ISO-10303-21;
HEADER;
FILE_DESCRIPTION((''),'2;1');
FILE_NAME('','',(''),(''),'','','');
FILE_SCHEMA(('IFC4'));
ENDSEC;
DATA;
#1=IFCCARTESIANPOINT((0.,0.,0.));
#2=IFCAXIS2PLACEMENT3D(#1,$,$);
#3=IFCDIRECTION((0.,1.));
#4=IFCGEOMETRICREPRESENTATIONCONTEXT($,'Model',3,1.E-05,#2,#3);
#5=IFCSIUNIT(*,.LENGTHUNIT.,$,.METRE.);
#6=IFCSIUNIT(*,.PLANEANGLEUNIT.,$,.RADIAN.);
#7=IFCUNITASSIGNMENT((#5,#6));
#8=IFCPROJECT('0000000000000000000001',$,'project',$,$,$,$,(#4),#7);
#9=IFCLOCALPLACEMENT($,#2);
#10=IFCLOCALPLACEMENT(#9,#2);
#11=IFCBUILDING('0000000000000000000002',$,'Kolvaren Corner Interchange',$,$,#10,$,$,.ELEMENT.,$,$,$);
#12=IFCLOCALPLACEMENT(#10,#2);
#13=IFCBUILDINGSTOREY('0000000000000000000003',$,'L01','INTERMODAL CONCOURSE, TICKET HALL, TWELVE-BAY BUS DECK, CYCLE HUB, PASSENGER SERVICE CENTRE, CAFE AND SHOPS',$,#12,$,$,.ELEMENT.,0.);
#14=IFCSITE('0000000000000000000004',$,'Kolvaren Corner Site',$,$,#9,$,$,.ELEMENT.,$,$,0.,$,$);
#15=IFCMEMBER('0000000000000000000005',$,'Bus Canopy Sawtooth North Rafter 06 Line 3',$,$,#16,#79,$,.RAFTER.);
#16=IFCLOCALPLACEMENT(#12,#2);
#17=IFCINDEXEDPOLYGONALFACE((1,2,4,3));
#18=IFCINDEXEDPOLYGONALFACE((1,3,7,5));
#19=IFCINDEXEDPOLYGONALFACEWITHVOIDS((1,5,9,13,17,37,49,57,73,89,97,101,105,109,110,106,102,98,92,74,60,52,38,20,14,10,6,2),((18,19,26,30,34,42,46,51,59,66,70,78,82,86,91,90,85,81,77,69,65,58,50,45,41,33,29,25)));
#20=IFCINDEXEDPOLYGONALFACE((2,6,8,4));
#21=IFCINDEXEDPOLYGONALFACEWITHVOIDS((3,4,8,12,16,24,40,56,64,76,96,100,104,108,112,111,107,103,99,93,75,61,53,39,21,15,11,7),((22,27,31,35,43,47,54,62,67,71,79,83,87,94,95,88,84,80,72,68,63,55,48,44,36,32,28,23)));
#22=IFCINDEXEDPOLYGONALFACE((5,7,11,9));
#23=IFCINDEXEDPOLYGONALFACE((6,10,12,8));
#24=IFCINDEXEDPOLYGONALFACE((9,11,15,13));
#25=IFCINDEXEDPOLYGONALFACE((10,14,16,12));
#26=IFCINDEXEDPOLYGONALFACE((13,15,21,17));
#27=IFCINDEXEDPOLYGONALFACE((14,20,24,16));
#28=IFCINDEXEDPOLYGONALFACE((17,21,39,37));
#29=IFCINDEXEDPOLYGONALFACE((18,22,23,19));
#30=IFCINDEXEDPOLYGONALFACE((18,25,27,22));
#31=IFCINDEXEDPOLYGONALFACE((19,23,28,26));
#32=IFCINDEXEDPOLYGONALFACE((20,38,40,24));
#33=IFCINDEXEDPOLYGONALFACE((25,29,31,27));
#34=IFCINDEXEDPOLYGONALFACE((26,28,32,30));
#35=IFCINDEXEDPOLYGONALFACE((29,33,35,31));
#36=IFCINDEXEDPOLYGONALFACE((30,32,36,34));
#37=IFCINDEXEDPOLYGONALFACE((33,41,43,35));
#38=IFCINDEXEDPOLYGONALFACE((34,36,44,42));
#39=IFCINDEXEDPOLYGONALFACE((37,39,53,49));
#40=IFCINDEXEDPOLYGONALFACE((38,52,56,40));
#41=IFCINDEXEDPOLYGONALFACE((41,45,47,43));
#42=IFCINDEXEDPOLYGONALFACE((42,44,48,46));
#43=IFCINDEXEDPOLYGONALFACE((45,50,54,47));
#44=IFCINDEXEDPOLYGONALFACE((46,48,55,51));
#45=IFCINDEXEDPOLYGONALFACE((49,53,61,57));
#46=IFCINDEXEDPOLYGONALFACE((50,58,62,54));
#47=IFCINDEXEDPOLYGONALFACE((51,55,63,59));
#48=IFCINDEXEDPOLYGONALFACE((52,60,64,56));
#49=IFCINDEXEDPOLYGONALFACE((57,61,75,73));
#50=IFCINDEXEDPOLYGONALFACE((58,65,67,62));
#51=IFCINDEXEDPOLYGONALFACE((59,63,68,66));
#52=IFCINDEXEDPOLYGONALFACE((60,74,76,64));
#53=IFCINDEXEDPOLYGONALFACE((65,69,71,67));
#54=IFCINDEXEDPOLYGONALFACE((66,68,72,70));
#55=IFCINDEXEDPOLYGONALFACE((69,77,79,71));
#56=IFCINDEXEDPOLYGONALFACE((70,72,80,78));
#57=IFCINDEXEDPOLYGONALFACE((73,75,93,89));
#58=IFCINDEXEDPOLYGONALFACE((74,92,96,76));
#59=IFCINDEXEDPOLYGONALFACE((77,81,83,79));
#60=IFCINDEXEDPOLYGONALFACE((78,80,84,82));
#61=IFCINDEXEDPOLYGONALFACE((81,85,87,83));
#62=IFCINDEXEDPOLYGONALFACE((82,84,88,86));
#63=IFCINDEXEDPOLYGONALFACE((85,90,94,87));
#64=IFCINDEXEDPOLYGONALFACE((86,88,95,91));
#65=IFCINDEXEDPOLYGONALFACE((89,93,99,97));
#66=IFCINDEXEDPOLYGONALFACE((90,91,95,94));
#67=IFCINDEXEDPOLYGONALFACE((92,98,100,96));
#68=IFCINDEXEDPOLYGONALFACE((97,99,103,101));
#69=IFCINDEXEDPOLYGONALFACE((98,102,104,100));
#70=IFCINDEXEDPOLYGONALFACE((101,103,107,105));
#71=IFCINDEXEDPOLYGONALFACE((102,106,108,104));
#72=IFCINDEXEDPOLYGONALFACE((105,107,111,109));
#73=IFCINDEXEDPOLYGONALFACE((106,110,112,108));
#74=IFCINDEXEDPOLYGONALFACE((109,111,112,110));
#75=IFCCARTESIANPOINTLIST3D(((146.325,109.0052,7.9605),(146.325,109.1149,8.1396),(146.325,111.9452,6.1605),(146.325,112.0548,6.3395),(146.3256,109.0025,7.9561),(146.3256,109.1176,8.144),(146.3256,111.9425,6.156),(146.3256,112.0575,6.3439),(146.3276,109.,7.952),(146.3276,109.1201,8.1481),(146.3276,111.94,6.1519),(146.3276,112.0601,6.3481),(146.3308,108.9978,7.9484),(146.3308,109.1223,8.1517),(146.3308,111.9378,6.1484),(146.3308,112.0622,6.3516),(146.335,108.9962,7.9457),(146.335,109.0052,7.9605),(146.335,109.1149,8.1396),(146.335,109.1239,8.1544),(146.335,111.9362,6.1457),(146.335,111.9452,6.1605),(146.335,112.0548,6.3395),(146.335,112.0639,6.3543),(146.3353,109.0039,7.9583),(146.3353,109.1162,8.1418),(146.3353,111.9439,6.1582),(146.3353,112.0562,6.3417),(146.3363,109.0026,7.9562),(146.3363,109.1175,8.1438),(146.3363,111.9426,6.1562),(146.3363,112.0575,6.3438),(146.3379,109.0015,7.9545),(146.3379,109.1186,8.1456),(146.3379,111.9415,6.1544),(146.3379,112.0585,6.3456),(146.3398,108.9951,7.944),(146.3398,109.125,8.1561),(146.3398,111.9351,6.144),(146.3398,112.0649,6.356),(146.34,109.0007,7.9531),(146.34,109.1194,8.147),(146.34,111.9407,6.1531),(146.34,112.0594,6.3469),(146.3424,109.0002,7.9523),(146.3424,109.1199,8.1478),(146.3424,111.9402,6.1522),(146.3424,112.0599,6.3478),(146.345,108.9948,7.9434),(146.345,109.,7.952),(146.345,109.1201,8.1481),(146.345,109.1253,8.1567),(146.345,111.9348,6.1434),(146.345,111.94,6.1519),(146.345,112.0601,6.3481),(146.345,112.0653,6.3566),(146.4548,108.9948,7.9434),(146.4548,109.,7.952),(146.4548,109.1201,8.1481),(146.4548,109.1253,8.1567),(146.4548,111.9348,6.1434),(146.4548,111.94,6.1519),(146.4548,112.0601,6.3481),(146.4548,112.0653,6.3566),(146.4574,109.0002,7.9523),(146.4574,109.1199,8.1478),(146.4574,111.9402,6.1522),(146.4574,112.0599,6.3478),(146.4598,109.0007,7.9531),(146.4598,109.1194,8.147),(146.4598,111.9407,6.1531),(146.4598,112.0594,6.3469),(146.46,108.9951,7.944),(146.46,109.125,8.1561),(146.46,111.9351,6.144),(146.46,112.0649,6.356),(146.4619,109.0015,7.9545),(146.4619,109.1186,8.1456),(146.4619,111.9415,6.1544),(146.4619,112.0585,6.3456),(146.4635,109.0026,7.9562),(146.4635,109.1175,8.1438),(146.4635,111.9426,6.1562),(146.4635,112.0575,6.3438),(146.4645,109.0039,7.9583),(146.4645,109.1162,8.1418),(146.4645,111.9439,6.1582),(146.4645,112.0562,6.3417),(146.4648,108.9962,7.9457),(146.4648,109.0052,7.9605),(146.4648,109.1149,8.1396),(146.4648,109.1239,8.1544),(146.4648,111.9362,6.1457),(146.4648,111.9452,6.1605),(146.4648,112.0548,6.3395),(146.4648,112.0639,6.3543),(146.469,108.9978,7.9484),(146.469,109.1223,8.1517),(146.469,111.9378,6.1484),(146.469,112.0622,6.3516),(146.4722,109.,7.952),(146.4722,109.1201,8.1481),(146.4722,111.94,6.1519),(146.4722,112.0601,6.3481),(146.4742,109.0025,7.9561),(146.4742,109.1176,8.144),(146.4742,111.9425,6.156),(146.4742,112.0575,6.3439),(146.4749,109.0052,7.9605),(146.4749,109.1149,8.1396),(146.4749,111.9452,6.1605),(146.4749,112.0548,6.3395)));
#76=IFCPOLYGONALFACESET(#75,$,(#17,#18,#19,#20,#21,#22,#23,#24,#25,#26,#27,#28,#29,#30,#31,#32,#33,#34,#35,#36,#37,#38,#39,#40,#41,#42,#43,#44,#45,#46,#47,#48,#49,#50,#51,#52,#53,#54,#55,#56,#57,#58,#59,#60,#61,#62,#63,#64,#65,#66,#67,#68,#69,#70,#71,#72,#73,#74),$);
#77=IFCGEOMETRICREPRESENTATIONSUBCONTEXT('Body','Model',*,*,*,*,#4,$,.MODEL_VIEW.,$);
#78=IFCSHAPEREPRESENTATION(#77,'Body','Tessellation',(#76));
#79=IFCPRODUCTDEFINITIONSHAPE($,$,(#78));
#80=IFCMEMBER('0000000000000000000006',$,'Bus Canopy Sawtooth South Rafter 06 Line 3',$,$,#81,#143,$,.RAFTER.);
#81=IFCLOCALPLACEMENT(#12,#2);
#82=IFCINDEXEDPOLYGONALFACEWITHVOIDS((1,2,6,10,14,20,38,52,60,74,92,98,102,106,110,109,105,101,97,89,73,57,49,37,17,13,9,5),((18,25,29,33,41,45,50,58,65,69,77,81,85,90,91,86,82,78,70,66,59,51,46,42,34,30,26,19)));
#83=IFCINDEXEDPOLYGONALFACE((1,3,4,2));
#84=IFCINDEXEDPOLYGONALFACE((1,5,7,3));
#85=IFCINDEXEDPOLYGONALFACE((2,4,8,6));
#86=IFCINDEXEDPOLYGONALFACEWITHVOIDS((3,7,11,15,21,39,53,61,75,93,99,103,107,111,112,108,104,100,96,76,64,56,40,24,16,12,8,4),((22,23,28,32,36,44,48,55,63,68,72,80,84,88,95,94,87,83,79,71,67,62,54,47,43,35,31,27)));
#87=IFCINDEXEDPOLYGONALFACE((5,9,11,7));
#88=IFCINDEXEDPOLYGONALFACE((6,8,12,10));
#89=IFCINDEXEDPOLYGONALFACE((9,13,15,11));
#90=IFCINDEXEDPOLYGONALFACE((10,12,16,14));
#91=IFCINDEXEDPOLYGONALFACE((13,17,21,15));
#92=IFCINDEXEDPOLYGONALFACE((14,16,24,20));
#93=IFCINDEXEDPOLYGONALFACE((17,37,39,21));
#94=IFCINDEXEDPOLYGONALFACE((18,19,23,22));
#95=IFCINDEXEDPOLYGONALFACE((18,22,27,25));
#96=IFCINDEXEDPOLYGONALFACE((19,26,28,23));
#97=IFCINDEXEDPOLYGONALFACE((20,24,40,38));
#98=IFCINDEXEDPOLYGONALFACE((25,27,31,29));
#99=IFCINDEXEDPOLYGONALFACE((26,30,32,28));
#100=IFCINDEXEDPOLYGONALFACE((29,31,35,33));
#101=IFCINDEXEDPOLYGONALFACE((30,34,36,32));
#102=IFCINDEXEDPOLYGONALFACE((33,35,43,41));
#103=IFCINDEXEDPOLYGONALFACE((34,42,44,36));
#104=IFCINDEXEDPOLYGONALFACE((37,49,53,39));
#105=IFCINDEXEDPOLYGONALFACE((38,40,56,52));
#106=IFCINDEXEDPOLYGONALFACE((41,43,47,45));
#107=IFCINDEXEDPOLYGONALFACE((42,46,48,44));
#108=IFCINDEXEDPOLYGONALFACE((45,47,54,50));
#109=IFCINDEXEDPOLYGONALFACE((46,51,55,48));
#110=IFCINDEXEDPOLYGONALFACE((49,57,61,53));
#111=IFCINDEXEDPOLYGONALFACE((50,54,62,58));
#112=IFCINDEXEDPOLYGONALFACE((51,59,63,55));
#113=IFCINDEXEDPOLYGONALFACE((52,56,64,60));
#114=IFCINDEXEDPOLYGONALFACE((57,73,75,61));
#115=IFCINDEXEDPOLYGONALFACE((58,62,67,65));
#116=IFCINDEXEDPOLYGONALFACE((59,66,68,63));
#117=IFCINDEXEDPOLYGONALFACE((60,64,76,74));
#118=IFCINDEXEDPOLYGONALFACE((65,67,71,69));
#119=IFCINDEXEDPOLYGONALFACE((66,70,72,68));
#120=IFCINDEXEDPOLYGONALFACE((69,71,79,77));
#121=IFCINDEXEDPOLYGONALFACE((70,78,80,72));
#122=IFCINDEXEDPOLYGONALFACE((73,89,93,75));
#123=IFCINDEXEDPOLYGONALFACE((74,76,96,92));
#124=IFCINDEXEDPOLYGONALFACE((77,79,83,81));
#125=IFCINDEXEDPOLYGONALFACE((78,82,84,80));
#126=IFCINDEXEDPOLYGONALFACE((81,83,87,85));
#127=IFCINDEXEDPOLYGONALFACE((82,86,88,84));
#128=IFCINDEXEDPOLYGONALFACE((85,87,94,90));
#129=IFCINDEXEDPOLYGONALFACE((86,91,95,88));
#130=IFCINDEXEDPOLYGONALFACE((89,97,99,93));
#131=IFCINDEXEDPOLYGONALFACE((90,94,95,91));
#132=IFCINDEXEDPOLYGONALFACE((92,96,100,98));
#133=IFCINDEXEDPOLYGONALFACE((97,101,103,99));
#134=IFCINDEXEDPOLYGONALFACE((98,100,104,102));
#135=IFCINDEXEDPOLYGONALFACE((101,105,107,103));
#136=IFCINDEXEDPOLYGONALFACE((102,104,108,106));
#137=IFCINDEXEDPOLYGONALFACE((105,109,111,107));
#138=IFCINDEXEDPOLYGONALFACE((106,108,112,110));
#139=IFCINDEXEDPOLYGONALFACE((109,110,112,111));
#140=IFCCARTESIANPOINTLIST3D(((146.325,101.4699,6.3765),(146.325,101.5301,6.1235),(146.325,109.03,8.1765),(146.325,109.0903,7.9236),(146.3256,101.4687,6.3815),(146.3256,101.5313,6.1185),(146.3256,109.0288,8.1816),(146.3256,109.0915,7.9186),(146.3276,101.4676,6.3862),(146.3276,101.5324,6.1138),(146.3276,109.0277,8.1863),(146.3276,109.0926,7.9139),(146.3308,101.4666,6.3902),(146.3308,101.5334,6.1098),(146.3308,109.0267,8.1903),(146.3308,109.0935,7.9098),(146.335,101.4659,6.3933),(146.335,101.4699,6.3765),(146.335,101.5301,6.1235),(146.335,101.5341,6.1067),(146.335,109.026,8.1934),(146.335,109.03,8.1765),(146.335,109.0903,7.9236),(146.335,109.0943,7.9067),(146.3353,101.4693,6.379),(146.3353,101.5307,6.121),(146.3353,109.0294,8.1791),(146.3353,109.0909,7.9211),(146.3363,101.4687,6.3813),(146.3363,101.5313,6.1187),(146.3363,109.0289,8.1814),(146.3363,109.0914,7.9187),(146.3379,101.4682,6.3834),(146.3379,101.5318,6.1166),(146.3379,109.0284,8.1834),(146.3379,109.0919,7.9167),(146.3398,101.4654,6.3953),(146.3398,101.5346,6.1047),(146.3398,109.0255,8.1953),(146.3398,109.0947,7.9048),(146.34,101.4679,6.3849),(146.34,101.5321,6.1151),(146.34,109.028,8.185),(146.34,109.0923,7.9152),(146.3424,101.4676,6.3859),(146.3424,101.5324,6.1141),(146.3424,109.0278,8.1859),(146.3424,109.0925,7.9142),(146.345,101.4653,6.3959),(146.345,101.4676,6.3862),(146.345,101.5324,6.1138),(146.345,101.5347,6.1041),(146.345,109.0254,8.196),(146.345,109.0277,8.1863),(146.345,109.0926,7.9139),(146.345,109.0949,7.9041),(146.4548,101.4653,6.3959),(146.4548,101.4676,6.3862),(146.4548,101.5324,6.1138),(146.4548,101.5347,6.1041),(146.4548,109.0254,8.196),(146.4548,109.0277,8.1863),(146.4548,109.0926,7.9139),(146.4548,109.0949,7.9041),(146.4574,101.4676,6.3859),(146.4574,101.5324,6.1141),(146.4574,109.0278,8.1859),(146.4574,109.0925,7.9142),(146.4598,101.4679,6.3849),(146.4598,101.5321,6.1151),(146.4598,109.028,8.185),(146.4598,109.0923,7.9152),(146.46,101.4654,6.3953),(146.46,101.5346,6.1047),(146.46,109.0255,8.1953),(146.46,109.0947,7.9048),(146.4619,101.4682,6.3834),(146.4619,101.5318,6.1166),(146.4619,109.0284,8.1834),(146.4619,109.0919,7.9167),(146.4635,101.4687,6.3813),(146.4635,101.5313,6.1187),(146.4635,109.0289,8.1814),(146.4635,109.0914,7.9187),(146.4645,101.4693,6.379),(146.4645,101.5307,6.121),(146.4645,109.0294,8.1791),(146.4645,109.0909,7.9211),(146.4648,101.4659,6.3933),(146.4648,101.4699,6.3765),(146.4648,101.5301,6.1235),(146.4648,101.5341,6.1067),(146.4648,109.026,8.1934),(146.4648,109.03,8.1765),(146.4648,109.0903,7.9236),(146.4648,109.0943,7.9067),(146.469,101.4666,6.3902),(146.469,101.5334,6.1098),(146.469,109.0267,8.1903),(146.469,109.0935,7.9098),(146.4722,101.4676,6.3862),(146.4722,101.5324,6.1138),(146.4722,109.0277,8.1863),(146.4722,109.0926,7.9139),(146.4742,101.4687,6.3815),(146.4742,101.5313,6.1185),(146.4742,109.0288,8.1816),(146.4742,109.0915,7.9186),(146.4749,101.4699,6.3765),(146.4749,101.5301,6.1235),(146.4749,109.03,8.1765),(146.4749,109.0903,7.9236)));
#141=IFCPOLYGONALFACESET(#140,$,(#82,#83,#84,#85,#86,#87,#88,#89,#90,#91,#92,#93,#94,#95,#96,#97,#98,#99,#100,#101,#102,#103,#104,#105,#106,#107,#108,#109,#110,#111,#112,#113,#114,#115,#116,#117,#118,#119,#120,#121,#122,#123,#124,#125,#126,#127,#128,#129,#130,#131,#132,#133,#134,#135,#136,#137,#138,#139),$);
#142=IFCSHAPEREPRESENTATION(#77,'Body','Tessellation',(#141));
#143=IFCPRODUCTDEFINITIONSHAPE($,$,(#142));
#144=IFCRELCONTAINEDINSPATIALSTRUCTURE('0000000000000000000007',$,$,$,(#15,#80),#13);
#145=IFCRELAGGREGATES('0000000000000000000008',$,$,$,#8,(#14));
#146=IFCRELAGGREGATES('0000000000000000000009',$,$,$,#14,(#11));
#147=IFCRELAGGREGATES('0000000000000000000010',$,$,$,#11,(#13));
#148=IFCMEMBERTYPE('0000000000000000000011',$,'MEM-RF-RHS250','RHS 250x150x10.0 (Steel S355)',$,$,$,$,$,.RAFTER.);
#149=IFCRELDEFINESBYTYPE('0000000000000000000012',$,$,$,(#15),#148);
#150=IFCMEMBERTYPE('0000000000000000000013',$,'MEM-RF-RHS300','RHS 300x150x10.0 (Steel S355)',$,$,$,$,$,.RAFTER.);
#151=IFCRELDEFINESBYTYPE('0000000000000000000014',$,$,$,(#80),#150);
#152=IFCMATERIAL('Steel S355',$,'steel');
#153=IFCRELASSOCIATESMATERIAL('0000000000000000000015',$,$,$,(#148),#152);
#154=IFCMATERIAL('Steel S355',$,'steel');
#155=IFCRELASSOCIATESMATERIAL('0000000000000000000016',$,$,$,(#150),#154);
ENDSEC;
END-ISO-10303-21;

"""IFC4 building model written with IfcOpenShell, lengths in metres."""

from ifc_helpers import new_model, si_unit, direction, frame, origin, origin_2d, place, context, subcontext, project, spatial, hollow_rectangle, extrude, material, material_profile, profile_set, type_object, element, save


model = new_model("IFC4")

# Units and contexts
model_context = context("Model", 3, precision=1e-05, world=origin(), true_north=direction((0.0, 1.0)))
body_context = subcontext(model_context, "Body", "Model", "MODEL_VIEW")
ifc_project = project(units=[si_unit("LENGTHUNIT", "METRE"), si_unit("PLANEANGLEUNIT", "RADIAN")], contexts=[model_context])

# Site, building, storey
site_placement = place(None, origin())
site = spatial("IfcSite", under=ifc_project, at=site_placement, Name="Kolvaren Corner Site", CompositionType="ELEMENT", RefElevation=0.0)
building_placement = place(site_placement, origin())
building = spatial("IfcBuilding", under=site, at=building_placement, Name="Kolvaren Corner Interchange", CompositionType="ELEMENT")
storey_placement = place(building_placement, origin())
storey = spatial("IfcBuildingStorey", under=building, at=storey_placement, Name="L01", Description="INTERMODAL CONCOURSE, TICKET HALL, TWELVE-BAY BUS DECK, CYCLE HUB, PASSENGER SERVICE CENTRE, CAFE AND SHOPS", CompositionType="ELEMENT", Elevation=0.0)

# Members
ifc_material_1 = material(Name="Steel S355", Category="steel")
ifc_material_profile_1 = material_profile(ifc_material_1, hollow_rectangle(XDim=0.1499, YDim=0.25, WallThickness=0.01, InnerFilletRadius=0.01, OuterFilletRadius=0.02, at=origin_2d()), Name="RHS 250x150x10.0")
ifc_profile_set_1 = profile_set([ifc_material_profile_1], Name="Steel S355")
member_type_1 = type_object("IfcMemberType", Name="MEM-RF-RHS250", Description="RHS 250x150x10.0 (Steel S355)", PredefinedType="RAFTER", material=ifc_profile_set_1)
for number, where, z_axis, x_axis, name in (
    (1, (146.3999, 109.0601, 8.05), (0.0, 0.85284, -0.522172), (-1.0, 0.0, 0.0), "Bus Canopy Sawtooth North Rafter 06 Line 3"),
):
    element("IfcMember", number, at=place(storey_placement, frame(where, z_axis=z_axis, x_axis=x_axis)), inside=storey, type_object=member_type_1, Name=name, PredefinedType="RAFTER", context=body_context, shape_type="SweptSolid", body=[
        extrude(hollow_rectangle(XDim=0.1499, YDim=0.25, WallThickness=0.01, InnerFilletRadius=0.01, OuterFilletRadius=0.02, at=origin_2d()), origin(), (0.0, 0.0, 1.0), 3.4473),
    ])
ifc_material_2 = material(Name="Steel S355", Category="steel")
ifc_material_profile_2 = material_profile(ifc_material_2, hollow_rectangle(XDim=0.1499, YDim=0.3, WallThickness=0.01, InnerFilletRadius=0.01, OuterFilletRadius=0.02, at=origin_2d()), Name="RHS 300x150x10.0")
ifc_profile_set_2 = profile_set([ifc_material_profile_2], Name="Steel S355")
member_type_2 = type_object("IfcMemberType", Name="MEM-RF-RHS300", Description="RHS 300x150x10.0 (Steel S355)", PredefinedType="RAFTER", material=ifc_profile_set_2)
member_1_placement = place(storey_placement, frame((146.3999, 101.5, 6.25), z_axis=(0.0, 0.972805, 0.231625), x_axis=(-1.0, 0.0, 0.0)))
element("IfcMember", 2, at=member_1_placement, inside=storey, type_object=member_type_2, Name="Bus Canopy Sawtooth South Rafter 06 Line 3", PredefinedType="RAFTER", context=body_context, shape_type="SweptSolid", body=[
    extrude(hollow_rectangle(XDim=0.1499, YDim=0.3, WallThickness=0.01, InnerFilletRadius=0.01, OuterFilletRadius=0.02, at=origin_2d()), origin(), (0.0, 0.0, 1.0), 7.7715),
])

save(model, "model.ifc")
